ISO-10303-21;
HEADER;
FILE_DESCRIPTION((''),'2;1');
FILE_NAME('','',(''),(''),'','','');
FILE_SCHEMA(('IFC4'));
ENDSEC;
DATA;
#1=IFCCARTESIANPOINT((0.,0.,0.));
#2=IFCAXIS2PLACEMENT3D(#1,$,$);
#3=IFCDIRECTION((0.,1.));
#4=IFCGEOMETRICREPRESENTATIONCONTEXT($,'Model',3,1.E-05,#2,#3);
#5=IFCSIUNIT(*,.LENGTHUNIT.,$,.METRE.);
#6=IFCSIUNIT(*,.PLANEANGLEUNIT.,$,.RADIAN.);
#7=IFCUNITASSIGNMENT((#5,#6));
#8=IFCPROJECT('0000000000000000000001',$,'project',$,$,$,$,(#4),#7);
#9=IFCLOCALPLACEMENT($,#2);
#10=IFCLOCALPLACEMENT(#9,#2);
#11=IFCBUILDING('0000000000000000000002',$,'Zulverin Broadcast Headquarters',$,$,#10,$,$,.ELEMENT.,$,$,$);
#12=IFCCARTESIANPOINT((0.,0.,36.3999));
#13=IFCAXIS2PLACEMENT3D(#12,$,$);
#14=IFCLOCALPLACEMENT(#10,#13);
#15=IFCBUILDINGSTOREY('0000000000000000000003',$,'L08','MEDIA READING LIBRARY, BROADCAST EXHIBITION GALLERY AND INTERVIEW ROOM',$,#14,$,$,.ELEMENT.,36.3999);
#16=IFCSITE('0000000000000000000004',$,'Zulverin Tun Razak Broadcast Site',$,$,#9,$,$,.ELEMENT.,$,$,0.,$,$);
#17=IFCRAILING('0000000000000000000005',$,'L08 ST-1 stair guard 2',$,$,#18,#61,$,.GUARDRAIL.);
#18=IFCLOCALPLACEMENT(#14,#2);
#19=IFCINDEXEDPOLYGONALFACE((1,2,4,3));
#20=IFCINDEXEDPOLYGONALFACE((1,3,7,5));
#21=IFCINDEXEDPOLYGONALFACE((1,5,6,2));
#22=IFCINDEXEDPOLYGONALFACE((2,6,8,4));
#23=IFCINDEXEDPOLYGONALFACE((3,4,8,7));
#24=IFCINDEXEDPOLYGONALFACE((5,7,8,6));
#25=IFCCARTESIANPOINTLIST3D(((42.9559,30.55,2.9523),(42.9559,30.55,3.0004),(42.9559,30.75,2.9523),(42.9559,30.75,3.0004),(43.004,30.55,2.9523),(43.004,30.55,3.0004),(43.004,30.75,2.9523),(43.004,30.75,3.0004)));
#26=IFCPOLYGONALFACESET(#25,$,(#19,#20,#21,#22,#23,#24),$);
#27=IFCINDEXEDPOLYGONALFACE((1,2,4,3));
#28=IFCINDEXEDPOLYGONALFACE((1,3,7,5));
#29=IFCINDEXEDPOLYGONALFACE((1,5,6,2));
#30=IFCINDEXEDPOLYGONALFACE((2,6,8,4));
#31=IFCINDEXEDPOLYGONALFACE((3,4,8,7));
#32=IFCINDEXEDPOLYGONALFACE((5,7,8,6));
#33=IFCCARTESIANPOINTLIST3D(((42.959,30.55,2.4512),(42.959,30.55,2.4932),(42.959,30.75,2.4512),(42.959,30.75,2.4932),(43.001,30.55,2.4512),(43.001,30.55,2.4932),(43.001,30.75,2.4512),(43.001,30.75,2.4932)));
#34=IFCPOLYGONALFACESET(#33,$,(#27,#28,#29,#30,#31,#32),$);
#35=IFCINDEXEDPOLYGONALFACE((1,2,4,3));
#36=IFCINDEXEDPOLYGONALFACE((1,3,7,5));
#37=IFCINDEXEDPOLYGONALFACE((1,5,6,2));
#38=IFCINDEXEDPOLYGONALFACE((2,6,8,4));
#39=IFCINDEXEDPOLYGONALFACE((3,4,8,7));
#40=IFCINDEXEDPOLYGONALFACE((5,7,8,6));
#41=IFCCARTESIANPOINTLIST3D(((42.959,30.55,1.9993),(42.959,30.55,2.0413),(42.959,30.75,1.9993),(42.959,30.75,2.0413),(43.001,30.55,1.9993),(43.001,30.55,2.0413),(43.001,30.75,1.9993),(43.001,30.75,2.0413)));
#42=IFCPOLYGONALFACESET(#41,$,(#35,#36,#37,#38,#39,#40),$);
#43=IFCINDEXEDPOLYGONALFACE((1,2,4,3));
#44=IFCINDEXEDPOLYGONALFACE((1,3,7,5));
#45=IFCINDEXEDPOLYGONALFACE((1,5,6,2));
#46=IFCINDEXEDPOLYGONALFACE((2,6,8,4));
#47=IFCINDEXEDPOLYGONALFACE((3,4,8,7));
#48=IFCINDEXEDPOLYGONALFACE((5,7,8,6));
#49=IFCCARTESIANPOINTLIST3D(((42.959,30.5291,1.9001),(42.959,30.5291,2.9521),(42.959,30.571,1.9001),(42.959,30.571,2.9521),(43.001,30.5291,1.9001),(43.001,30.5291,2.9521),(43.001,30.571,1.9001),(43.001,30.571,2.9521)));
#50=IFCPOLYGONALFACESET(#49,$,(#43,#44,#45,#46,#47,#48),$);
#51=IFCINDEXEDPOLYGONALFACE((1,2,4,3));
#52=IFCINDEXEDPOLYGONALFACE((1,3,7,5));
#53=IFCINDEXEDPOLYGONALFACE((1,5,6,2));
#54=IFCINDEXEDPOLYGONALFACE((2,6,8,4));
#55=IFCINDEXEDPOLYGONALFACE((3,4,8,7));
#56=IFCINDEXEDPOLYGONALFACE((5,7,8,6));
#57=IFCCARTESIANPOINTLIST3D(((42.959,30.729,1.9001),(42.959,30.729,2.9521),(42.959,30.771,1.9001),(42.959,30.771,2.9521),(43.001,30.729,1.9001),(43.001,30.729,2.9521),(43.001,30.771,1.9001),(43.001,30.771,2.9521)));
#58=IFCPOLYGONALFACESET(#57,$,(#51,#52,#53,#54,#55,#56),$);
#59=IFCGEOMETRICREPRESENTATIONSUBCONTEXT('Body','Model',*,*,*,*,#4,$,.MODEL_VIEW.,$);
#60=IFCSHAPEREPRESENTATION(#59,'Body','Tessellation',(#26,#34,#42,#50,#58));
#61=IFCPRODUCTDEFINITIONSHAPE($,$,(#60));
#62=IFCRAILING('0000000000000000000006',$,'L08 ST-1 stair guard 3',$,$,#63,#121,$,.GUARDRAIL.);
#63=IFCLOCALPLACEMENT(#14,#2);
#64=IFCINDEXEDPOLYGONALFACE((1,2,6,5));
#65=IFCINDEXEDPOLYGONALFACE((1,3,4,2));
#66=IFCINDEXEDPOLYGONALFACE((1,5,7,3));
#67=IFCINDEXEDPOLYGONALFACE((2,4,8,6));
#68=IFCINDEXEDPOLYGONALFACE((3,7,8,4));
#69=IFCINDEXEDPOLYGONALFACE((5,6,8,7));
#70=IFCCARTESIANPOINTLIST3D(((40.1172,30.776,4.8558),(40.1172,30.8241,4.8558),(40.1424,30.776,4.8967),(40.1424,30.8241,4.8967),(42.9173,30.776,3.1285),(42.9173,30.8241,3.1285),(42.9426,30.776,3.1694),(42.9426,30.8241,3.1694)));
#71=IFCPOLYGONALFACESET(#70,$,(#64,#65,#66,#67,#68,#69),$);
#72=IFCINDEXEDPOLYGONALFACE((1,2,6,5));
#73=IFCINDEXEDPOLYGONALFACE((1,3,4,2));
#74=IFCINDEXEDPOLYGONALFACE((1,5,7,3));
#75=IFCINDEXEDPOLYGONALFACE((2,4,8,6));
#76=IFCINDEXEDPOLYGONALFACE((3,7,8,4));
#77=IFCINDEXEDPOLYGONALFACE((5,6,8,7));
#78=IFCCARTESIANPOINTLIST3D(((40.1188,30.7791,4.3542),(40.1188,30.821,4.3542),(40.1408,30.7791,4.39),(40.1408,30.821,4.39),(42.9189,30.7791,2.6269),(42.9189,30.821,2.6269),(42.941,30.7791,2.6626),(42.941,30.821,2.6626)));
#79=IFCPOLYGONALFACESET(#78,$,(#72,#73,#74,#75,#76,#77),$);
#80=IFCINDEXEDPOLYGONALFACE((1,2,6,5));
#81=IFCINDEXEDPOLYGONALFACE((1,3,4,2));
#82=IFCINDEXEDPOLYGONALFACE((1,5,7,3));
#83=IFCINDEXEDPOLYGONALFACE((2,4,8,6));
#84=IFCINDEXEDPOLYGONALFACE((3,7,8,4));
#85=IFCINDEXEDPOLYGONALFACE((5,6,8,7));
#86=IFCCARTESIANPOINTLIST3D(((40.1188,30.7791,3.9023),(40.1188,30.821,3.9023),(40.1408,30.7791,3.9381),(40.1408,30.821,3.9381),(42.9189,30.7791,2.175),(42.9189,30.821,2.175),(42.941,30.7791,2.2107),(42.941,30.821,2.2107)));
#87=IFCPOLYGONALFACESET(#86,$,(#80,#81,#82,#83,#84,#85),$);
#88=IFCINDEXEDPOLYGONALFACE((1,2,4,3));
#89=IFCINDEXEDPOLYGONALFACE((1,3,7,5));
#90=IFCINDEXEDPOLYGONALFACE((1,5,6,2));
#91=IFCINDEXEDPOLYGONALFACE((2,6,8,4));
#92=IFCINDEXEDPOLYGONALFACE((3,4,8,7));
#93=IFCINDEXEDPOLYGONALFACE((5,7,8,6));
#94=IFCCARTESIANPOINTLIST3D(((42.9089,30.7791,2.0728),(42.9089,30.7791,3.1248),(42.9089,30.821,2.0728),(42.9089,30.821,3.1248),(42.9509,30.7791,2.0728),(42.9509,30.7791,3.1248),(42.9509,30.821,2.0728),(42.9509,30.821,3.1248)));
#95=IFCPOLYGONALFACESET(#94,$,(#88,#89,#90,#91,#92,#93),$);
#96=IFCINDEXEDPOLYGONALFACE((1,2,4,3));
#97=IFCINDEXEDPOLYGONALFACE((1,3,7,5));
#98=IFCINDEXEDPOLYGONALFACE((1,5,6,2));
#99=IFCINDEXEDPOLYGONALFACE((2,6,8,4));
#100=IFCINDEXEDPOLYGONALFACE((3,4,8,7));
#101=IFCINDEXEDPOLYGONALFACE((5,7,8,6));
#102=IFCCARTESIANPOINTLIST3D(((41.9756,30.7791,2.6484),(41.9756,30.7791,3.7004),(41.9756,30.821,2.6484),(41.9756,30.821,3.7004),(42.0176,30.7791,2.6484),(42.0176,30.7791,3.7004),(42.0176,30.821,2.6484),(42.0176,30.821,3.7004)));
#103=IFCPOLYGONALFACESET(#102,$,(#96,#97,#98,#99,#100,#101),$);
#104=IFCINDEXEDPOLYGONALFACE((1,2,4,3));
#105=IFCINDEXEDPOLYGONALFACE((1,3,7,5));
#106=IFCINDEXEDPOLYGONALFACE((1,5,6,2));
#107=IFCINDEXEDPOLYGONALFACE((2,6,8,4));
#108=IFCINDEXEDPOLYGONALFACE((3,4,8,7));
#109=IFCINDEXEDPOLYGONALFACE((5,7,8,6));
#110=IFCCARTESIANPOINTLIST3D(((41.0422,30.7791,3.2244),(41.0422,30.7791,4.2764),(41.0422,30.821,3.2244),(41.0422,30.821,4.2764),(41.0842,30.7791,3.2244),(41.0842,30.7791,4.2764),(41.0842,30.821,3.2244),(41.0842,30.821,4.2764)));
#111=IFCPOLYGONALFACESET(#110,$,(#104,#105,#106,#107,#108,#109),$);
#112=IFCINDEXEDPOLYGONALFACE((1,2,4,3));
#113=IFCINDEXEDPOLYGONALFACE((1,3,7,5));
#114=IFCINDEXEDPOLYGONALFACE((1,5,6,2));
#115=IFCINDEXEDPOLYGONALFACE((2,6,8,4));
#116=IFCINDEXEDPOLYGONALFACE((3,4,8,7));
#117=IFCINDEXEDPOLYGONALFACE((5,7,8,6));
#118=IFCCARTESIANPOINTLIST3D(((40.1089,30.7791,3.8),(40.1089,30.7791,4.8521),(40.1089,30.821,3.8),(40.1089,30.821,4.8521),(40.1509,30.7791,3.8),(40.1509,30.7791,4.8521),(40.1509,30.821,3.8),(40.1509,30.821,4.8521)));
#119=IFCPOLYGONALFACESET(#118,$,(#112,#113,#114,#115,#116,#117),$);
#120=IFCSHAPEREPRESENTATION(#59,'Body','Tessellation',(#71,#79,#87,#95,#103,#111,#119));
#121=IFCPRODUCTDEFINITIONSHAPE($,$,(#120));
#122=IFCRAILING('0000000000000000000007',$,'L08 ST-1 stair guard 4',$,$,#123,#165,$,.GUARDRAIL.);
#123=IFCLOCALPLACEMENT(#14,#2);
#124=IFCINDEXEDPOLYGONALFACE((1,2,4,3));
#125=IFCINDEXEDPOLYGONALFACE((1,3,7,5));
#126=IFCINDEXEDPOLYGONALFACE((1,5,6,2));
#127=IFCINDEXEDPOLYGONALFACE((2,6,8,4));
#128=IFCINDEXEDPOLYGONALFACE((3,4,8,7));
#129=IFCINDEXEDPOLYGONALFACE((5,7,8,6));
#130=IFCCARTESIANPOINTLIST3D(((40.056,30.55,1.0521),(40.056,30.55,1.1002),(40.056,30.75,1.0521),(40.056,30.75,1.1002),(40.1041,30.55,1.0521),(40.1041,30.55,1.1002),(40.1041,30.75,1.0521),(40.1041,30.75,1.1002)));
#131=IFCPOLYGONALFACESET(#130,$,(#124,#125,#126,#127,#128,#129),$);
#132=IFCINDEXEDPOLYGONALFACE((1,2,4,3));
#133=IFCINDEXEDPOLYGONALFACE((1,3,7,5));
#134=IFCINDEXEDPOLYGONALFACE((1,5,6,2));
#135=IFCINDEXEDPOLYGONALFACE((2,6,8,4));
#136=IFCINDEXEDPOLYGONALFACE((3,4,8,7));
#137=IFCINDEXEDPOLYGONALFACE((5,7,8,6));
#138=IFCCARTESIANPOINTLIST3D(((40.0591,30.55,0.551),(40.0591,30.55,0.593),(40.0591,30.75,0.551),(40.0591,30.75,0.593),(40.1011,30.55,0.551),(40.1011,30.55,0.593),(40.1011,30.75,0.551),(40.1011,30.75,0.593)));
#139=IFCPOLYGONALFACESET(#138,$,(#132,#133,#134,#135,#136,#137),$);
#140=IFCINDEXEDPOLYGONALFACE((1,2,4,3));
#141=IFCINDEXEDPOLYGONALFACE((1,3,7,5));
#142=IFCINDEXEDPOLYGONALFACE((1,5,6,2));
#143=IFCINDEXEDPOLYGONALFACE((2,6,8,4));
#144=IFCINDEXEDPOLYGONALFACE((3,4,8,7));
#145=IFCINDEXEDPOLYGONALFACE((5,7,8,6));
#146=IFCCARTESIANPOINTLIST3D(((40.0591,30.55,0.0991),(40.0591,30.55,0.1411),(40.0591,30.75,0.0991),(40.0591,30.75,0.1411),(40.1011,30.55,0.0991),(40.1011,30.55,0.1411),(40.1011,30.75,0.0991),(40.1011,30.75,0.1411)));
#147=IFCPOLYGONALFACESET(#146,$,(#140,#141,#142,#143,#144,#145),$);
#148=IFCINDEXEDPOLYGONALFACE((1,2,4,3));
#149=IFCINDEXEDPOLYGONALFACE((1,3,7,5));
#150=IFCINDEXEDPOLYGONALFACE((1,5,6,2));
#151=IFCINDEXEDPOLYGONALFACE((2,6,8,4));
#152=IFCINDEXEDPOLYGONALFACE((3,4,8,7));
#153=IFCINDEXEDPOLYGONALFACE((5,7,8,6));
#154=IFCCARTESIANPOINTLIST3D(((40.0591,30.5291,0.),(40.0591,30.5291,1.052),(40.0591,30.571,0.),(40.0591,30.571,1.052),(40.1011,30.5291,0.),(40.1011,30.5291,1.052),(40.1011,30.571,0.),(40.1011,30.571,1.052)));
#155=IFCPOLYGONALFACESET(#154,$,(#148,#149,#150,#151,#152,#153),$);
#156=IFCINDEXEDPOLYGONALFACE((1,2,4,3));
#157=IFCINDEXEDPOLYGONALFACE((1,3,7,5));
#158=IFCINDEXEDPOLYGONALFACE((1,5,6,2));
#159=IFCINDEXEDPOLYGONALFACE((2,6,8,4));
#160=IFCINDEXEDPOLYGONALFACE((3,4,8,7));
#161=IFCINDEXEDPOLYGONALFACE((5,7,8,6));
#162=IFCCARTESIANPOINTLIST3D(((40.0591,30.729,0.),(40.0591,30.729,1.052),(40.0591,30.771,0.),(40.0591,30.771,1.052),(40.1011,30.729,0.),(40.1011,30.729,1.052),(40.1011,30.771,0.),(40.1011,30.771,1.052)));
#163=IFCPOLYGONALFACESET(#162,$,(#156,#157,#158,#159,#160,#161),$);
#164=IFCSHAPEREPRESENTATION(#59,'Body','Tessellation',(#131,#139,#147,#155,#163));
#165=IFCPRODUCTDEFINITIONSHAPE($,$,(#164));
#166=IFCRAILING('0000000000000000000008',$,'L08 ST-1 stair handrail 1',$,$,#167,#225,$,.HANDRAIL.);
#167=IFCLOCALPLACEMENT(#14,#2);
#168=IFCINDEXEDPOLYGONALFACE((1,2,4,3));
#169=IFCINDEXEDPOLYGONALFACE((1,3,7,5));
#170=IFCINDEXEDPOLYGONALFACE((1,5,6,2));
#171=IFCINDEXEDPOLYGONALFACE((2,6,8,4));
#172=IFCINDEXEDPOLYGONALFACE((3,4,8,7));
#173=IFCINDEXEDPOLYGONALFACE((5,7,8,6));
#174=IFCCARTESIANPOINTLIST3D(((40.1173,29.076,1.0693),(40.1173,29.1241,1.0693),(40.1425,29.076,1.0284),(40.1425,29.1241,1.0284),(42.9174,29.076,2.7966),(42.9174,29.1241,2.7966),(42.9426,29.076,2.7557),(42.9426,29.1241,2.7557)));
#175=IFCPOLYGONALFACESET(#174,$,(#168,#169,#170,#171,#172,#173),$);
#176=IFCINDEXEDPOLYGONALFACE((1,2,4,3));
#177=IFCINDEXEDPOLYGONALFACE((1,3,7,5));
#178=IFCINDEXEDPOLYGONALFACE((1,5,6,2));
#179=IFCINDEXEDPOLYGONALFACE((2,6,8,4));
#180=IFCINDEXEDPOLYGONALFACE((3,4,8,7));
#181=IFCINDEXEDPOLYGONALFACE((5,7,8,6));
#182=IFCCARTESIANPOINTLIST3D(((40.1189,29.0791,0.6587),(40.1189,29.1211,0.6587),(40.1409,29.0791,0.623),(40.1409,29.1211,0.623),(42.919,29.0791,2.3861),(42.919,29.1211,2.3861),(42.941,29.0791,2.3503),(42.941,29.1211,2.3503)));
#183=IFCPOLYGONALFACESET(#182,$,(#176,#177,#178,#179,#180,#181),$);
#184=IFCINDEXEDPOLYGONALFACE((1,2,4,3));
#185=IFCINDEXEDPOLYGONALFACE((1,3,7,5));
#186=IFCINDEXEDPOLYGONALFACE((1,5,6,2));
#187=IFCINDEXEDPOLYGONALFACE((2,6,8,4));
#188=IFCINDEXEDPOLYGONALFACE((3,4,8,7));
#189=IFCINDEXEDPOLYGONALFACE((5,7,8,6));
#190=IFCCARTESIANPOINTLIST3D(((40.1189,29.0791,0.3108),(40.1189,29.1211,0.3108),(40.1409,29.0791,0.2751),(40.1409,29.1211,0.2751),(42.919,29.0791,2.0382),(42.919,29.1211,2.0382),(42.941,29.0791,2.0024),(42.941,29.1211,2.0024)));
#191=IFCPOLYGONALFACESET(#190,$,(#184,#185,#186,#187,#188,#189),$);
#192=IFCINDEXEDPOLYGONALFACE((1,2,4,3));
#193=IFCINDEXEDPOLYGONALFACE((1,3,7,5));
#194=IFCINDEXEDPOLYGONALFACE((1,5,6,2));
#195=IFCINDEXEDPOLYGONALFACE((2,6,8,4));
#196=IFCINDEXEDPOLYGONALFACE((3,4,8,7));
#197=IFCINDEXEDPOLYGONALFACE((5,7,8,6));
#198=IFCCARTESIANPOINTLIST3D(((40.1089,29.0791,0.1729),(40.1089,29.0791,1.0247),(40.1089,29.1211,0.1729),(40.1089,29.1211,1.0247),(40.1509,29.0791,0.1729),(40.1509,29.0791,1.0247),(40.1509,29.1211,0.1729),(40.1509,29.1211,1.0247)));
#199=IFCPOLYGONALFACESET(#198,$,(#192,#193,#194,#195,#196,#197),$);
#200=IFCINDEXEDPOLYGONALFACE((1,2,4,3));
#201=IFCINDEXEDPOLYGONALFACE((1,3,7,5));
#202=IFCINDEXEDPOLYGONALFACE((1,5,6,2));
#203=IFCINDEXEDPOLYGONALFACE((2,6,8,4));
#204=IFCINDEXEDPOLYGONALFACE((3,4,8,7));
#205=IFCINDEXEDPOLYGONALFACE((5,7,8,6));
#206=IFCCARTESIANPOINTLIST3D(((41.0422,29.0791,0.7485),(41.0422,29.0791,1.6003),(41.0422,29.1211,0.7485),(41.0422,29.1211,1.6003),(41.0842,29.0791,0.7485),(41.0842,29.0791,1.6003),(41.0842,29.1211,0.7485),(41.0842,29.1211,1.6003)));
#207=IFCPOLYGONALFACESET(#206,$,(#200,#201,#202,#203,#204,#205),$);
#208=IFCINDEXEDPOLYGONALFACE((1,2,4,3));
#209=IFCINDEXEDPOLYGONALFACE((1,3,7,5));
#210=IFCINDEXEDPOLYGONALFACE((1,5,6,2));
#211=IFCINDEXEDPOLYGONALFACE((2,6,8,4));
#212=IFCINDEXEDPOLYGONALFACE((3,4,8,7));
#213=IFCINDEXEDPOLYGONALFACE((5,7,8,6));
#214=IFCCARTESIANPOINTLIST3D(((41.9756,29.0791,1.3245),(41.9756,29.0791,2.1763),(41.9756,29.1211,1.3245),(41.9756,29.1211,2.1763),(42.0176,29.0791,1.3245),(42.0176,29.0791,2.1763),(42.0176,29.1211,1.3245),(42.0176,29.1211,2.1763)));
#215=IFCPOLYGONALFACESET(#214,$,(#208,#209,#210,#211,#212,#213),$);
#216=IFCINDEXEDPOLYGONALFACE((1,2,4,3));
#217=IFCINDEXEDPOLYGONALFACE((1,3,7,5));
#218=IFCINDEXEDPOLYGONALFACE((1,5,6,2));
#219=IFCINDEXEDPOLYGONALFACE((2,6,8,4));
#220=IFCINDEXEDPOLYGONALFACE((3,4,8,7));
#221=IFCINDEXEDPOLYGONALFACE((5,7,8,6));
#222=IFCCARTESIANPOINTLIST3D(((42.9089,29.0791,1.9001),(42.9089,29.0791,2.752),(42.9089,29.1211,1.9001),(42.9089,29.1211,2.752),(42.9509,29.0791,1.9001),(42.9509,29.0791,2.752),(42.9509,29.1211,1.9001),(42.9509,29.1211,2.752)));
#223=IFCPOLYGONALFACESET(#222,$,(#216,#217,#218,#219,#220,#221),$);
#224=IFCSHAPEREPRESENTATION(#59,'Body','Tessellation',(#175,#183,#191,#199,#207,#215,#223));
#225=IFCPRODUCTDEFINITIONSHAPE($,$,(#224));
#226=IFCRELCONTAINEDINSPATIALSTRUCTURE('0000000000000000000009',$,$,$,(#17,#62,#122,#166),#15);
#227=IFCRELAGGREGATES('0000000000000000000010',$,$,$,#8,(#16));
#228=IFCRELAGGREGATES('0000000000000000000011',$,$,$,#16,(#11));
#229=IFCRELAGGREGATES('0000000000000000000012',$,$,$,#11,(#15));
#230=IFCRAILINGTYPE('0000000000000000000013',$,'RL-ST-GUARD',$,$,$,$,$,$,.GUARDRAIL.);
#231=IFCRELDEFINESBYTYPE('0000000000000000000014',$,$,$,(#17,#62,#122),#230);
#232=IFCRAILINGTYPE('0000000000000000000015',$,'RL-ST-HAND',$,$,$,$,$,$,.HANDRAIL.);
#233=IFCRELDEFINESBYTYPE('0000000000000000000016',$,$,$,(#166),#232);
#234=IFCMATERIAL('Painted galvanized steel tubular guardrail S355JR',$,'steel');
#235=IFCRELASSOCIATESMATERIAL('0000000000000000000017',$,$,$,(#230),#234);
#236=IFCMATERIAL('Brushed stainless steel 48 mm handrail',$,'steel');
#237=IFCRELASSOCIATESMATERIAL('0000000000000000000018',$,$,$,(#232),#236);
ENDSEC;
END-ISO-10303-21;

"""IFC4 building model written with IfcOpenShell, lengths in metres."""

from ifc_helpers import new_model, si_unit, direction, frame, origin, origin_2d, place, context, subcontext, project, spatial, rectangle, extrude, material, type_object, element, save


model = new_model("IFC4")

# Units and contexts
model_context = context("Model", 3, precision=1e-05, world=origin(), true_north=direction((0.0, 1.0)))
body_context = subcontext(model_context, "Body", "Model", "MODEL_VIEW")
ifc_project = project(units=[si_unit("LENGTHUNIT", "METRE"), si_unit("PLANEANGLEUNIT", "RADIAN")], contexts=[model_context])

# Site, building, storey
site_placement = place(None, origin())
site = spatial("IfcSite", under=ifc_project, at=site_placement, Name="Zulverin Tun Razak Broadcast Site", CompositionType="ELEMENT", RefElevation=0.0)
building_placement = place(site_placement, origin())
building = spatial("IfcBuilding", under=site, at=building_placement, Name="Zulverin Broadcast Headquarters", CompositionType="ELEMENT")
storey_placement = place(building_placement, frame((0.0, 0.0, 36.3999)))
storey = spatial("IfcBuildingStorey", under=building, at=storey_placement, Name="L08", Description="MEDIA READING LIBRARY, BROADCAST EXHIBITION GALLERY AND INTERVIEW ROOM", CompositionType="ELEMENT", Elevation=36.3999)

# Railings
ifc_material_1 = material(Name="Painted galvanized steel tubular guardrail S355JR", Category="steel")
railing_type_1 = type_object("IfcRailingType", Name="RL-ST-GUARD", PredefinedType="GUARDRAIL", material=ifc_material_1)
railing_1_placement = place(storey_placement, frame((42.98, 30.55, 1.9001)))
element("IfcRailing", 1, at=railing_1_placement, inside=storey, type_object=railing_type_1, Name="L08 ST-1 stair guard 2", PredefinedType="GUARDRAIL", context=body_context, shape_type="SweptSolid", body=[
    extrude(rectangle(XDim=0.0481, YDim=0.0481, at=origin_2d()), frame((0.0, 0.0, 1.0762), z_axis=(0.0, 1.0, 0.0), x_axis=(-1.0, 0.0, 0.0)), (0.0, 0.0, 1.0), 0.2),
    extrude(rectangle(XDim=0.042, YDim=0.042, at=origin_2d()), frame((0.0, 0.0, 0.572), z_axis=(0.0, 1.0, 0.0), x_axis=(-1.0, 0.0, 0.0)), (0.0, 0.0, 1.0), 0.2),
    extrude(rectangle(XDim=0.042, YDim=0.042, at=origin_2d()), frame((0.0, 0.0, 0.1201), z_axis=(0.0, 1.0, 0.0), x_axis=(-1.0, 0.0, 0.0)), (0.0, 0.0, 1.0), 0.2),
    extrude(rectangle(XDim=0.042, YDim=0.042, at=origin_2d()), origin(), (0.0, 0.0, 1.0), 1.052),
    extrude(rectangle(XDim=0.042, YDim=0.042, at=origin_2d()), frame((0.0, 0.2, 0.0)), (0.0, 0.0, 1.0), 1.052),
])
railing_2_placement = place(storey_placement, frame((42.9299, 30.8, 2.0728)))
element("IfcRailing", 2, at=railing_2_placement, inside=storey, type_object=railing_type_1, Name="L08 ST-1 stair guard 3", PredefinedType="GUARDRAIL", context=body_context, shape_type="SweptSolid", body=[
    extrude(rectangle(XDim=0.0481, YDim=0.0481, at=origin_2d()), frame((0.0, 0.0, 1.0762), z_axis=(-0.85109, 0.0, 0.52502), x_axis=(0.0, -1.0, 0.0)), (0.0, 0.0, 1.0), 3.29),
    extrude(rectangle(XDim=0.042, YDim=0.042, at=origin_2d()), frame((0.0, 0.0, 0.572), z_axis=(-0.85109, 0.0, 0.52502), x_axis=(0.0, -1.0, 0.0)), (0.0, 0.0, 1.0), 3.29),
    extrude(rectangle(XDim=0.042, YDim=0.042, at=origin_2d()), frame((0.0, 0.0, 0.1201), z_axis=(-0.85109, 0.0, 0.52502), x_axis=(0.0, -1.0, 0.0)), (0.0, 0.0, 1.0), 3.29),
    extrude(rectangle(XDim=0.042, YDim=0.042, at=origin_2d()), origin(), (0.0, 0.0, 1.0), 1.052),
    extrude(rectangle(XDim=0.042, YDim=0.042, at=origin_2d()), frame((-0.9333, 0.0, 0.5757)), (0.0, 0.0, 1.0), 1.052),
    extrude(rectangle(XDim=0.042, YDim=0.042, at=origin_2d()), frame((-1.8667, 0.0, 1.1516)), (0.0, 0.0, 1.0), 1.052),
    extrude(rectangle(XDim=0.042, YDim=0.042, at=origin_2d()), frame((-2.8, 0.0, 1.7273)), (0.0, 0.0, 1.0), 1.052),
])
railing_3_placement = place(storey_placement, frame((40.0801, 30.55, 0.0)))
element("IfcRailing", 3, at=railing_3_placement, inside=storey, type_object=railing_type_1, Name="L08 ST-1 stair guard 4", PredefinedType="GUARDRAIL", context=body_context, shape_type="SweptSolid", body=[
    extrude(rectangle(XDim=0.0481, YDim=0.0481, at=origin_2d()), frame((0.0, 0.0, 1.0762), z_axis=(0.0, 1.0, 0.0), x_axis=(-1.0, 0.0, 0.0)), (0.0, 0.0, 1.0), 0.2),
    extrude(rectangle(XDim=0.042, YDim=0.042, at=origin_2d()), frame((0.0, 0.0, 0.572), z_axis=(0.0, 1.0, 0.0), x_axis=(-1.0, 0.0, 0.0)), (0.0, 0.0, 1.0), 0.2),
    extrude(rectangle(XDim=0.042, YDim=0.042, at=origin_2d()), frame((0.0, 0.0, 0.1201), z_axis=(0.0, 1.0, 0.0), x_axis=(-1.0, 0.0, 0.0)), (0.0, 0.0, 1.0), 0.2),
    extrude(rectangle(XDim=0.042, YDim=0.042, at=origin_2d()), origin(), (0.0, 0.0, 1.0), 1.052),
    extrude(rectangle(XDim=0.042, YDim=0.042, at=origin_2d()), frame((0.0, 0.2, 0.0)), (0.0, 0.0, 1.0), 1.052),
])
ifc_material_2 = material(Name="Brushed stainless steel 48 mm handrail", Category="steel")
railing_type_2 = type_object("IfcRailingType", Name="RL-ST-HAND", PredefinedType="HANDRAIL", material=ifc_material_2)
railing_4_placement = place(storey_placement, frame((40.1299, 29.1001, 0.1729)))
element("IfcRailing", 4, at=railing_4_placement, inside=storey, type_object=railing_type_2, Name="L08 ST-1 stair handrail 1", PredefinedType="HANDRAIL", context=body_context, shape_type="SweptSolid", body=[
    extrude(rectangle(XDim=0.0481, YDim=0.0481, at=origin_2d()), frame((0.0, 0.0, 0.876), z_axis=(0.85109, 0.0, 0.52502), x_axis=(0.0, 1.0, 0.0)), (0.0, 0.0, 1.0), 3.29),
    extrude(rectangle(XDim=0.042, YDim=0.042, at=origin_2d()), frame((0.0, 0.0, 0.468), z_axis=(0.85109, 0.0, 0.52502), x_axis=(0.0, 1.0, 0.0)), (0.0, 0.0, 1.0), 3.29),
    extrude(rectangle(XDim=0.042, YDim=0.042, at=origin_2d()), frame((0.0, 0.0, 0.1201), z_axis=(0.85109, 0.0, 0.52502), x_axis=(0.0, 1.0, 0.0)), (0.0, 0.0, 1.0), 3.29),
    extrude(rectangle(XDim=0.042, YDim=0.042, at=origin_2d()), origin(), (0.0, 0.0, 1.0), 0.8518),
    extrude(rectangle(XDim=0.042, YDim=0.042, at=origin_2d()), frame((0.9333, 0.0, 0.5757)), (0.0, 0.0, 1.0), 0.8518),
    extrude(rectangle(XDim=0.042, YDim=0.042, at=origin_2d()), frame((1.8667, 0.0, 1.1516)), (0.0, 0.0, 1.0), 0.8518),
    extrude(rectangle(XDim=0.042, YDim=0.042, at=origin_2d()), frame((2.8, 0.0, 1.7273)), (0.0, 0.0, 1.0), 0.8518),
])

save(model, "model.ifc")
